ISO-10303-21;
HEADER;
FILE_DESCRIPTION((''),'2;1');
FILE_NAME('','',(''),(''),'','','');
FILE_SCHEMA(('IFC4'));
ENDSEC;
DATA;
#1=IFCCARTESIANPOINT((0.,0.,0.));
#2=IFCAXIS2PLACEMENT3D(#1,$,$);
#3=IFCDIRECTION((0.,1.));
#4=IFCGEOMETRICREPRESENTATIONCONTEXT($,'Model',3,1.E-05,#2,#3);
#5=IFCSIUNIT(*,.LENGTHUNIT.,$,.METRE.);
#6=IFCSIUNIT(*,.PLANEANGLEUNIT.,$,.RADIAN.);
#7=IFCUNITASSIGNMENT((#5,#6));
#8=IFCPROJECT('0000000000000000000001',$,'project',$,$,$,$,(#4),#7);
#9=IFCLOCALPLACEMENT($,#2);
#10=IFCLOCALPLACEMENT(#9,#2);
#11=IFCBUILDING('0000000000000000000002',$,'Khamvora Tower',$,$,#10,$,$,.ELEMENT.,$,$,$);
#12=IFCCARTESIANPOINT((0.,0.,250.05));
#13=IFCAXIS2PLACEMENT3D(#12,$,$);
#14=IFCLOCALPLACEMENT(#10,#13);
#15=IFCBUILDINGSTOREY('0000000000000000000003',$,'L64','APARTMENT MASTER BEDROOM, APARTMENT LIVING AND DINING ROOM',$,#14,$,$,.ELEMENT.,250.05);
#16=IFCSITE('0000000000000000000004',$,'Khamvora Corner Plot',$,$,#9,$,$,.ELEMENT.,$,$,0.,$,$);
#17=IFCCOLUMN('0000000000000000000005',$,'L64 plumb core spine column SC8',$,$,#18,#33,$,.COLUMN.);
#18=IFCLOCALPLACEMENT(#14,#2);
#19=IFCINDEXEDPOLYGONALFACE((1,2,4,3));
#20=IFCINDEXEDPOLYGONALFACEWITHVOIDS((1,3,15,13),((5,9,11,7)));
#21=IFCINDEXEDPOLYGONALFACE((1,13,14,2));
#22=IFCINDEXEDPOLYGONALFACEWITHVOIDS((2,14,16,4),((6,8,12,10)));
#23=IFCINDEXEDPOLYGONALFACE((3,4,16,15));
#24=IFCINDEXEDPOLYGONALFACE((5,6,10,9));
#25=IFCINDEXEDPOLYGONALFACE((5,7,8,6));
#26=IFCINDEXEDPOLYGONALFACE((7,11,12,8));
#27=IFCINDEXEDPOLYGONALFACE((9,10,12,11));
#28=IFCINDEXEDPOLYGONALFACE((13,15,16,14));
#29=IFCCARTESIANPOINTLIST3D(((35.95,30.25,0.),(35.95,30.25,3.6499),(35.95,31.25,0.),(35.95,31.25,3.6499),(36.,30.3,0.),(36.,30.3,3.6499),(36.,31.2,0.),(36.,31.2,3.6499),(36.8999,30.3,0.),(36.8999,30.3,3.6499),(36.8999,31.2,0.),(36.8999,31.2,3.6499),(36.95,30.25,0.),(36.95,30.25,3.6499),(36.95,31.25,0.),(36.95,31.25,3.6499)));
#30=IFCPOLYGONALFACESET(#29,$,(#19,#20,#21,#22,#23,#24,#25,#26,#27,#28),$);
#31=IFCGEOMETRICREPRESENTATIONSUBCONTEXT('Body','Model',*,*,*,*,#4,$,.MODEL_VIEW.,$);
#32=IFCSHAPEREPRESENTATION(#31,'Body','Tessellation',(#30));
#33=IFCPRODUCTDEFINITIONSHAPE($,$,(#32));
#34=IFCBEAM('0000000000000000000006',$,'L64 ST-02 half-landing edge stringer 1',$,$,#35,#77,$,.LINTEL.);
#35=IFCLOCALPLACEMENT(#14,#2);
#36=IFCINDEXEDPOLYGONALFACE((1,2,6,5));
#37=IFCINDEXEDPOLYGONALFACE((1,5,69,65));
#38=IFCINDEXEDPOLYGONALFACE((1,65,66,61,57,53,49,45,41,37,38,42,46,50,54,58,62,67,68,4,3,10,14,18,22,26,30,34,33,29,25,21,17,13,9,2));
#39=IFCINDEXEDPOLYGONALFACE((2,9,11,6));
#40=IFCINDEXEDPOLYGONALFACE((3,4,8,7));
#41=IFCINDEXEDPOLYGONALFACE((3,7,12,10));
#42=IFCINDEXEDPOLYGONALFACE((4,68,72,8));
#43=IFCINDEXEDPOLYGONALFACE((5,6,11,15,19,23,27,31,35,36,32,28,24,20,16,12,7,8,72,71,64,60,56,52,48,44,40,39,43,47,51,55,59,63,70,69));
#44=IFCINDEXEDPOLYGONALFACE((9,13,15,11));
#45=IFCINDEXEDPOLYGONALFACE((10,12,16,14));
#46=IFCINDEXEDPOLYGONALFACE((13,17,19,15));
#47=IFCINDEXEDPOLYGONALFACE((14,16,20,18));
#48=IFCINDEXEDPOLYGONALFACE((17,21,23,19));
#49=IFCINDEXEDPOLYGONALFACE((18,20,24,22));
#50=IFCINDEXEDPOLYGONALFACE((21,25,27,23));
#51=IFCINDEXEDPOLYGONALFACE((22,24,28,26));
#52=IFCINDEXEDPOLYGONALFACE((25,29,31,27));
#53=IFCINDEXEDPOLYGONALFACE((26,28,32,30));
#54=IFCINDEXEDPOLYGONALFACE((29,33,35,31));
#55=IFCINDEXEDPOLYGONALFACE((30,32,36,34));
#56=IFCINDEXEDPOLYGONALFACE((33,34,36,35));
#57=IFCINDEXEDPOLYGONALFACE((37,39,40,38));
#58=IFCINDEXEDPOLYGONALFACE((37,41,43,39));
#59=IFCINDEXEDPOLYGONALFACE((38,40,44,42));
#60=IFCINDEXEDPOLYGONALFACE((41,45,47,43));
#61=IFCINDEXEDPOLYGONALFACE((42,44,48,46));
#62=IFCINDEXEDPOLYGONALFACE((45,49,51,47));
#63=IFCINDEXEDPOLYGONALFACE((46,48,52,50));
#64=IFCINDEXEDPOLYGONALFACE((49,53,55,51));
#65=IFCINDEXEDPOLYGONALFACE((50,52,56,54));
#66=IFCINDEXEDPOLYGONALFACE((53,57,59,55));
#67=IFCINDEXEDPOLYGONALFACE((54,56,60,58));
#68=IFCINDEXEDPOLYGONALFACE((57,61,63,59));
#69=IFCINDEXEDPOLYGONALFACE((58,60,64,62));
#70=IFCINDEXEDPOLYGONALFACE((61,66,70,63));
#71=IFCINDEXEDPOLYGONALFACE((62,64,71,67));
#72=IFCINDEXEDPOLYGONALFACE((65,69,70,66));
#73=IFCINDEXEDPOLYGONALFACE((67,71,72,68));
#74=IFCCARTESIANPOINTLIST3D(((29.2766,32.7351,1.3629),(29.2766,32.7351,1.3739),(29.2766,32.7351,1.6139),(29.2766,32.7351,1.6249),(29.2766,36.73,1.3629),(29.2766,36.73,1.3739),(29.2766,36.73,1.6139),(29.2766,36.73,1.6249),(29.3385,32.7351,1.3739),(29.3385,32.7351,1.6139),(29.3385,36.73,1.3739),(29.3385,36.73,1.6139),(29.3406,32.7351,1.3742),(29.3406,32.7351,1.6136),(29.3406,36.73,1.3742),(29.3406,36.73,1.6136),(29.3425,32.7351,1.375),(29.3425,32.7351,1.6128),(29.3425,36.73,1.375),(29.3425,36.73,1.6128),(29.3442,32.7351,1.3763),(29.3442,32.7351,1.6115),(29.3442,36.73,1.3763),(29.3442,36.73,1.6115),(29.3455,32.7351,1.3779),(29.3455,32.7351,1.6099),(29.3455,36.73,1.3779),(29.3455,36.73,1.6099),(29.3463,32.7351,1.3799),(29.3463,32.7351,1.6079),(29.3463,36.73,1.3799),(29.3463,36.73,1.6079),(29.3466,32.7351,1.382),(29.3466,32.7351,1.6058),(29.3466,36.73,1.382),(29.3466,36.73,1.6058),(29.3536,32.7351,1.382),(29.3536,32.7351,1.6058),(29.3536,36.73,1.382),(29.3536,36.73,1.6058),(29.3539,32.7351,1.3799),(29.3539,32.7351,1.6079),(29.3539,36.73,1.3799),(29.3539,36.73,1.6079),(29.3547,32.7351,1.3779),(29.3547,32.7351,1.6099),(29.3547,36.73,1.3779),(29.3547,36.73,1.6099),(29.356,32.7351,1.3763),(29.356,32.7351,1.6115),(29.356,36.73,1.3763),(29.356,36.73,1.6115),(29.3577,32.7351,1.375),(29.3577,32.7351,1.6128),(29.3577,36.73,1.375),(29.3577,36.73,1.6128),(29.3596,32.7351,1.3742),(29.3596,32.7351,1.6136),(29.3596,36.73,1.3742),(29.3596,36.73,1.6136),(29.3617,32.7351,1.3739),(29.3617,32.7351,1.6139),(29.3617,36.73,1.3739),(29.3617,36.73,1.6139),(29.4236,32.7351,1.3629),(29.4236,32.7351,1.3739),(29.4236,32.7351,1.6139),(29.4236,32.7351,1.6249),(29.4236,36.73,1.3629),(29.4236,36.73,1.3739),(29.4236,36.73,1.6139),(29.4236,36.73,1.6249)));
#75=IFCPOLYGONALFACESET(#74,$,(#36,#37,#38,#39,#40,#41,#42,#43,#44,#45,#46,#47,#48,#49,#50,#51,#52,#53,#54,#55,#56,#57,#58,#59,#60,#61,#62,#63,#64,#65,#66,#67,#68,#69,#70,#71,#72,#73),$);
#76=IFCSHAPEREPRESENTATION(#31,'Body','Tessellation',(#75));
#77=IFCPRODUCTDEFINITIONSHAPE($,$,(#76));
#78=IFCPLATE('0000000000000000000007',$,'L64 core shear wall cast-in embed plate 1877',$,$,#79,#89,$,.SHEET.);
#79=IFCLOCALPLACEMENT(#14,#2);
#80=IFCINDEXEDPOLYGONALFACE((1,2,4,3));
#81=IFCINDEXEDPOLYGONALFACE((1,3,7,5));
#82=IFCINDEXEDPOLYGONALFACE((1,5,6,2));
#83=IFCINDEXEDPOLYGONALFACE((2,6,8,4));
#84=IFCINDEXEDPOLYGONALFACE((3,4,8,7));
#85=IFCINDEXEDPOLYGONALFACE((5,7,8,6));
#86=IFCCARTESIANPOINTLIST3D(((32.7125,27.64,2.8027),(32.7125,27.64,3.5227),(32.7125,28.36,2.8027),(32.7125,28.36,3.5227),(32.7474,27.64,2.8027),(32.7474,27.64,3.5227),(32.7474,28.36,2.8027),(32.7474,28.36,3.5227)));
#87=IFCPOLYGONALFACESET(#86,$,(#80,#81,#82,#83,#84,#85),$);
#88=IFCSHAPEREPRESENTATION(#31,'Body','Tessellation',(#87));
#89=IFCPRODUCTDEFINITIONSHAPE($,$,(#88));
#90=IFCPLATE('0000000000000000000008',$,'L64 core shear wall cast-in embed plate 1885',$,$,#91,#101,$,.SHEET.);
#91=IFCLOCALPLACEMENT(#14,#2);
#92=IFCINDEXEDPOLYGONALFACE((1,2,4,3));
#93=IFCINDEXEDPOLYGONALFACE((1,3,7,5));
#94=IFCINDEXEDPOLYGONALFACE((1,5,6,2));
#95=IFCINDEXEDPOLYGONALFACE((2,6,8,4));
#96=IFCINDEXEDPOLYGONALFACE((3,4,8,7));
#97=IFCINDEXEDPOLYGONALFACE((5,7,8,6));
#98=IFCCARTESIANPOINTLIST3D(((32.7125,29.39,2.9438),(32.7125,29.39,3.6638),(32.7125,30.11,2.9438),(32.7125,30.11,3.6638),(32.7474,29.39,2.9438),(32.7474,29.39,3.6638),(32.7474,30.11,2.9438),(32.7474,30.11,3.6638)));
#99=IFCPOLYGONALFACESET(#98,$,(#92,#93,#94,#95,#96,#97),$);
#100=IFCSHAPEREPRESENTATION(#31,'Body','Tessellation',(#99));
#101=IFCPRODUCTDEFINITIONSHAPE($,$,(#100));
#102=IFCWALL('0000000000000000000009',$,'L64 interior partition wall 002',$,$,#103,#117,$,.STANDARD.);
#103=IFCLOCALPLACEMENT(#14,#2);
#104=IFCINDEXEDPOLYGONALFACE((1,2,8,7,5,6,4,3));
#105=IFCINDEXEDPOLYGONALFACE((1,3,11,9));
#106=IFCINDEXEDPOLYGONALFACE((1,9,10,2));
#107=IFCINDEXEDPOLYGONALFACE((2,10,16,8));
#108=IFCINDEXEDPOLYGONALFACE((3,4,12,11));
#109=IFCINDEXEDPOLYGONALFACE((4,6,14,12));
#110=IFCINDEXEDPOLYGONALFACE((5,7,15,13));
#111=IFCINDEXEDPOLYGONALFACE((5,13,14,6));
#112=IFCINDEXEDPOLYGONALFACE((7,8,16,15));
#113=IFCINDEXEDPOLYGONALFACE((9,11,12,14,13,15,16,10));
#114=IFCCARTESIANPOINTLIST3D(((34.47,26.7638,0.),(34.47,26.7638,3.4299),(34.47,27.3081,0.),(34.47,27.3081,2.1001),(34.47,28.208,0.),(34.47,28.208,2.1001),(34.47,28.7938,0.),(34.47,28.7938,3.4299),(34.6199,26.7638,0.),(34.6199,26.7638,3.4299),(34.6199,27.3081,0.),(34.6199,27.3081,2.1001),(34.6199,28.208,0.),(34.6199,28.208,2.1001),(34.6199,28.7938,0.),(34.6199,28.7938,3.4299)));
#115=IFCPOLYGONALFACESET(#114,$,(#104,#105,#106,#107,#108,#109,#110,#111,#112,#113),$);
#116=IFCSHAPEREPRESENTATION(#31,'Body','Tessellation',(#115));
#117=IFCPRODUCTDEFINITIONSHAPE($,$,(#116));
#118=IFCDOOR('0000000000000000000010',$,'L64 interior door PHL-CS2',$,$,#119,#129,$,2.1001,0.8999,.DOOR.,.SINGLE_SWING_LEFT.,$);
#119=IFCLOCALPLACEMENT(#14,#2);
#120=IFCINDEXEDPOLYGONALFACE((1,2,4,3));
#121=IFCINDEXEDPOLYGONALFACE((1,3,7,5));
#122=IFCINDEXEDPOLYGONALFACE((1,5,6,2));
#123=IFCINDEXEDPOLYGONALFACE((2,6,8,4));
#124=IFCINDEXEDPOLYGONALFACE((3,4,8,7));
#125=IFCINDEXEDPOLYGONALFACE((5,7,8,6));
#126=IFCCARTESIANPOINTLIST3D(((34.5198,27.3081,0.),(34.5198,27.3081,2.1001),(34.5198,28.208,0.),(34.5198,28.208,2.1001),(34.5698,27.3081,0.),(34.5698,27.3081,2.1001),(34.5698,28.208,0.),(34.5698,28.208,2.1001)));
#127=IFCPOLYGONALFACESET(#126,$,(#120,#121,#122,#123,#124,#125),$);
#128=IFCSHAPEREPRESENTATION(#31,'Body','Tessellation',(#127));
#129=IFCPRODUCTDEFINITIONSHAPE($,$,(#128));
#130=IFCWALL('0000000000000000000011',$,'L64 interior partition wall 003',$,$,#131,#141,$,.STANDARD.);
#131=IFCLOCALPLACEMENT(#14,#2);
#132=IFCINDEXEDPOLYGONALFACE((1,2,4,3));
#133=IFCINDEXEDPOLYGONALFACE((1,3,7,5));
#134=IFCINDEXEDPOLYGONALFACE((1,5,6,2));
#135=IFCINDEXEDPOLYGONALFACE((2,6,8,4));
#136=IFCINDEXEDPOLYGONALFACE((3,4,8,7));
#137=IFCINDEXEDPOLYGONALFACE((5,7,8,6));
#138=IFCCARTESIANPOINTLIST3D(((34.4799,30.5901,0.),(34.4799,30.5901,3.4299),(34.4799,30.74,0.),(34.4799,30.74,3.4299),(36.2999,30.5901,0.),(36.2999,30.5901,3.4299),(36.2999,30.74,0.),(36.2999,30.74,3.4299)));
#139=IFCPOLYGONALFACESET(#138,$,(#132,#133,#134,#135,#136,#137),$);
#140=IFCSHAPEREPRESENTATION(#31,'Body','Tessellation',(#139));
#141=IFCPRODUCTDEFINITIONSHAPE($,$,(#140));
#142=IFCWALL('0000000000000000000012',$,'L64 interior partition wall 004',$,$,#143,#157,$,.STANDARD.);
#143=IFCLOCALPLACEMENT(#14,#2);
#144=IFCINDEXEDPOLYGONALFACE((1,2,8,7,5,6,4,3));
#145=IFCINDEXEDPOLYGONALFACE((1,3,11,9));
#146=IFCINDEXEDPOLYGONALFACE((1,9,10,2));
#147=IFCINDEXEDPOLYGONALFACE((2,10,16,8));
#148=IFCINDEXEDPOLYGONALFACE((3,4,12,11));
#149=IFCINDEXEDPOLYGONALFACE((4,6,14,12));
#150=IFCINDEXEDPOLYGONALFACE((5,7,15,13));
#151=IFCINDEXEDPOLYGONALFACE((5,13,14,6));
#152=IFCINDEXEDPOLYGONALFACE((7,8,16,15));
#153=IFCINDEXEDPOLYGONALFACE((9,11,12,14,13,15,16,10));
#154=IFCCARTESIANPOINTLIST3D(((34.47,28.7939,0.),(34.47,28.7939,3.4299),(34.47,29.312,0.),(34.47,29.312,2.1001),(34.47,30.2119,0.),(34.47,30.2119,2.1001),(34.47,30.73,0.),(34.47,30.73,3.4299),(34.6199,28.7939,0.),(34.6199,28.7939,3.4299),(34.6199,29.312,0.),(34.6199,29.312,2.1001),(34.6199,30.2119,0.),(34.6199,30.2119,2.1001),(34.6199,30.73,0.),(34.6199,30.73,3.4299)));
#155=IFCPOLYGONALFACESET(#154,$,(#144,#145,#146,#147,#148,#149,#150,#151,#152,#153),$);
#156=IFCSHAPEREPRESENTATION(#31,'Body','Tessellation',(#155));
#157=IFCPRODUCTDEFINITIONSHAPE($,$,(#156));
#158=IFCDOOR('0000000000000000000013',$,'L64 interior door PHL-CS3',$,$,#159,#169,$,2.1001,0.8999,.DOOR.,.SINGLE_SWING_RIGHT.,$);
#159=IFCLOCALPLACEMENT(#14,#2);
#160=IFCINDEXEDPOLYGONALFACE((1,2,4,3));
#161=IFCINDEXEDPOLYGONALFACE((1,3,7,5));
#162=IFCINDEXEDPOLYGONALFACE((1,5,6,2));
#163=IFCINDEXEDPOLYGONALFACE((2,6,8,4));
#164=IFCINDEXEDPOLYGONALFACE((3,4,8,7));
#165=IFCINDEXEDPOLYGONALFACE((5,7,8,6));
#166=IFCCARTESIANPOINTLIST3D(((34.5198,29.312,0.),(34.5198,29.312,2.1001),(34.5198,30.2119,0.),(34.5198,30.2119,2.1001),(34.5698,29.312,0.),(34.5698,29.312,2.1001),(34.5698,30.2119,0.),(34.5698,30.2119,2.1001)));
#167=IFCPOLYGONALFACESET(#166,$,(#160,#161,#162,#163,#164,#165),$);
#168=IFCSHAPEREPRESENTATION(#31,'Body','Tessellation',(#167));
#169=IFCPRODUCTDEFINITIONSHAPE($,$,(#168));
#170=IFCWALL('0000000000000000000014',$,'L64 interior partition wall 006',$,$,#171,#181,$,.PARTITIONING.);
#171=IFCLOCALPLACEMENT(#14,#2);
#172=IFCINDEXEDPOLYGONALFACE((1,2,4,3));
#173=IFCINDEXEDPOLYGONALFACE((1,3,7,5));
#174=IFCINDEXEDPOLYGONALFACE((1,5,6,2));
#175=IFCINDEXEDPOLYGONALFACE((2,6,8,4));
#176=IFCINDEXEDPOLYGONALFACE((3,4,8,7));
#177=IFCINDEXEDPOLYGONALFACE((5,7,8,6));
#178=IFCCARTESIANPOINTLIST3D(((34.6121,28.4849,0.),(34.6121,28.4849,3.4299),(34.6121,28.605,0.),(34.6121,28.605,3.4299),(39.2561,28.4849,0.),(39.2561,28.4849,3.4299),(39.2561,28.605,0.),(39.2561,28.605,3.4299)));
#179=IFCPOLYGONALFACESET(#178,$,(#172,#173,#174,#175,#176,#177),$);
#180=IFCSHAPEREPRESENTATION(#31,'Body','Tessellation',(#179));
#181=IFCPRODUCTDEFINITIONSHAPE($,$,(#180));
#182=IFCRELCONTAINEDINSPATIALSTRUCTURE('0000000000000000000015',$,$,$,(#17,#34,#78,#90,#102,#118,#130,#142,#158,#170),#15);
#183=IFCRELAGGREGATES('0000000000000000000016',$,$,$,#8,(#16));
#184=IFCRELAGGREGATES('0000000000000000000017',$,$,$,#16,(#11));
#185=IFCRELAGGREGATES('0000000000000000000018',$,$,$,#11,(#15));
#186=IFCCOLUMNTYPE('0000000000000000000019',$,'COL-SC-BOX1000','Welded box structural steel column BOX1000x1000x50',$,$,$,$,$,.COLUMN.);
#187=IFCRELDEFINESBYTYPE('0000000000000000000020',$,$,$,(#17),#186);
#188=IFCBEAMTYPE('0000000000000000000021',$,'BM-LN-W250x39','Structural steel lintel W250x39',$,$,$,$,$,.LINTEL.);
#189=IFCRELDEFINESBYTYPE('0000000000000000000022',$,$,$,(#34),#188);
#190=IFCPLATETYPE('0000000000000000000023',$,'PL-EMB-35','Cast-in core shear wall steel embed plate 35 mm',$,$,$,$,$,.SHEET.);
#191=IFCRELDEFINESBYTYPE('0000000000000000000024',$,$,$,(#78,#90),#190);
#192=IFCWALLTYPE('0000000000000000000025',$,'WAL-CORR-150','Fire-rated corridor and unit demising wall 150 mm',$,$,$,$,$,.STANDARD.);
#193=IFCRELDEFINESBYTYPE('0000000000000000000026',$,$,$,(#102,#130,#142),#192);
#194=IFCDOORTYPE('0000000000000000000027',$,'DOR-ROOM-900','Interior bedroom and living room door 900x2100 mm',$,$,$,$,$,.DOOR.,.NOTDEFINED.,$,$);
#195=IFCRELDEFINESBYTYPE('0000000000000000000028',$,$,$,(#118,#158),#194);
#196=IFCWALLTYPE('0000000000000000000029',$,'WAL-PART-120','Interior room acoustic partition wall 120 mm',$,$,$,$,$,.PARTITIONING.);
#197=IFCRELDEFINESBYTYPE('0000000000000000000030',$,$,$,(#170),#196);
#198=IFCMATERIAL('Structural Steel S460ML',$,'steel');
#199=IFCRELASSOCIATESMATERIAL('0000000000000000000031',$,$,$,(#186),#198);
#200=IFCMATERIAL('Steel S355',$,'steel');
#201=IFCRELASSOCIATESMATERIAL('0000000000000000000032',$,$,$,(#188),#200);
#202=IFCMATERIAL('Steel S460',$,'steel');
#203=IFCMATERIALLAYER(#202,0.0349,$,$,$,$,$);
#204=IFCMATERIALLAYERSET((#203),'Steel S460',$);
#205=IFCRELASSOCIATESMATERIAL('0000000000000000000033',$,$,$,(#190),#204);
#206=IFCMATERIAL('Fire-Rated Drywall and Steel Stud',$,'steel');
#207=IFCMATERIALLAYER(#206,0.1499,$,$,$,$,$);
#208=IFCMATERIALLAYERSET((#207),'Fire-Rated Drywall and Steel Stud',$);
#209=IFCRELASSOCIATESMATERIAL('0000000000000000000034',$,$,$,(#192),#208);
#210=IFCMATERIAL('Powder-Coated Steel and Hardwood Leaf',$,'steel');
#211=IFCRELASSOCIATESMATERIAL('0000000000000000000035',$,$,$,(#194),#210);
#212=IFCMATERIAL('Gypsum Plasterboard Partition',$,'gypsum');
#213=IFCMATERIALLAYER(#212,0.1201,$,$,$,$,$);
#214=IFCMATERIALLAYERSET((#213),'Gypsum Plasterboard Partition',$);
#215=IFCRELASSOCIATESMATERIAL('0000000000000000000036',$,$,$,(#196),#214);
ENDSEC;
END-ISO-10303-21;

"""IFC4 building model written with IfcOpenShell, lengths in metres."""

from ifc_helpers import new_model, si_unit, direction, frame, frame_2d, origin, origin_2d, place, context, subcontext, project, spatial, rectangle, hollow_rectangle, i_section, extrude, material, layer, layer_set, material_profile, profile_set, type_object, element, fill, save


model = new_model("IFC4")

# Units and contexts
model_context = context("Model", 3, precision=1e-05, world=origin(), true_north=direction((0.0, 1.0)))
body_context = subcontext(model_context, "Body", "Model", "MODEL_VIEW")
ifc_project = project(units=[si_unit("LENGTHUNIT", "METRE"), si_unit("PLANEANGLEUNIT", "RADIAN")], contexts=[model_context])

# Site, building, storey
site_placement = place(None, origin())
site = spatial("IfcSite", under=ifc_project, at=site_placement, Name="Khamvora Corner Plot", CompositionType="ELEMENT", RefElevation=0.0)
building_placement = place(site_placement, origin())
building = spatial("IfcBuilding", under=site, at=building_placement, Name="Khamvora Tower", CompositionType="ELEMENT")
storey_placement = place(building_placement, frame((0.0, 0.0, 250.05)))
storey = spatial("IfcBuildingStorey", under=building, at=storey_placement, Name="L64", Description="APARTMENT MASTER BEDROOM, APARTMENT LIVING AND DINING ROOM", CompositionType="ELEMENT", Elevation=250.05)

# Column
ifc_material_1 = material(Name="Structural Steel S460ML", Category="steel")
ifc_material_profile_1 = material_profile(ifc_material_1, hollow_rectangle(XDim=1.0, YDim=1.0, WallThickness=0.05, at=origin_2d()), Name="BOX1000x1000x50")
ifc_profile_set_1 = profile_set([ifc_material_profile_1], Name="Structural Steel S460ML")
column_type = type_object("IfcColumnType", Name="COL-SC-BOX1000", Description="Welded box structural steel column BOX1000x1000x50", PredefinedType="COLUMN", material=ifc_profile_set_1)
column_placement = place(storey_placement, frame((36.45, 30.75, 0.0), z_axis=(0.0, 0.0, 1.0), x_axis=(1.0, 0.0, 0.0)))
element("IfcColumn", 1, at=column_placement, inside=storey, type_object=column_type, Name="L64 plumb core spine column SC8", PredefinedType="COLUMN", context=body_context, shape_type="SweptSolid", body=[
    extrude(hollow_rectangle(XDim=1.0, YDim=1.0, WallThickness=0.05, at=origin_2d()), origin(), (0.0, 0.0, 1.0), 3.6499),
])

# Beam
ifc_material_2 = material(Name="Steel S355", Category="steel")
ifc_material_profile_2 = material_profile(ifc_material_2, i_section(OverallWidth=0.147, OverallDepth=0.262, WebThickness=0.0071, FlangeThickness=0.011, FilletRadius=0.0081, at=origin_2d()), Name="W250x39")
ifc_profile_set_2 = profile_set([ifc_material_profile_2], Name="Steel S355")
beam_type = type_object("IfcBeamType", Name="BM-LN-W250x39", Description="Structural steel lintel W250x39", PredefinedType="LINTEL", material=ifc_profile_set_2)
beam_placement = place(storey_placement, frame((29.3501, 32.7351, 1.4939), z_axis=(0.0, 1.0, 0.0), x_axis=(-1.0, 0.0, 0.0)))
element("IfcBeam", 2, at=beam_placement, inside=storey, type_object=beam_type, Name="L64 ST-02 half-landing edge stringer 1", PredefinedType="LINTEL", context=body_context, shape_type="SweptSolid", body=[
    extrude(i_section(OverallWidth=0.147, OverallDepth=0.262, WebThickness=0.0071, FlangeThickness=0.011, FilletRadius=0.0081, at=origin_2d()), origin(), (0.0, 0.0, 1.0), 3.9949),
])

# Plates
ifc_material_3 = material(Name="Steel S460", Category="steel")
ifc_layer_1 = layer(ifc_material_3, 0.0349)
ifc_layer_set_1 = layer_set([ifc_layer_1], Name="Steel S460")
plate_type = type_object("IfcPlateType", Name="PL-EMB-35", Description="Cast-in core shear wall steel embed plate 35 mm", PredefinedType="SHEET", material=ifc_layer_set_1)
for number, where, z_axis, x_axis, name in (
    (3, (32.73, 28.0, 2.8027), (0.0, 0.0, 1.0), (1.0, 0.0, 0.0), "L64 core shear wall cast-in embed plate 1877"),
    (4, (32.73, 29.75, 2.9438), (0.0, 0.0, 1.0), (1.0, 0.0, 0.0), "L64 core shear wall cast-in embed plate 1885"),
):
    element("IfcPlate", number, at=place(storey_placement, frame(where, z_axis=z_axis, x_axis=x_axis)), inside=storey, type_object=plate_type, Name=name, PredefinedType="SHEET", context=body_context, shape_type="SweptSolid", body=[
        extrude(rectangle(XDim=0.0349, YDim=0.72, at=origin_2d()), origin(), (0.0, 0.0, 1.0), 0.72),
    ])

# Shared definitions
ifc_material_4 = material(Name="Powder-Coated Steel and Hardwood Leaf", Category="steel")

# Wall, opening, door
ifc_material_5 = material(Name="Fire-Rated Drywall and Steel Stud", Category="steel")
ifc_layer_2 = layer(ifc_material_5, 0.1499)
ifc_layer_set_2 = layer_set([ifc_layer_2], Name="Fire-Rated Drywall and Steel Stud")
wall_type_1 = type_object("IfcWallType", Name="WAL-CORR-150", Description="Fire-rated corridor and unit demising wall 150 mm", PredefinedType="STANDARD", material=ifc_layer_set_2)
wall_1_placement = place(storey_placement, frame((34.5449, 28.7939, 0.0), z_axis=(0.0, 0.0, 1.0), x_axis=(0.0, -1.0, 0.0)))
wall_1 = element("IfcWall", 5, at=wall_1_placement, inside=storey, type_object=wall_type_1, Name="L64 interior partition wall 002", PredefinedType="STANDARD", context=body_context, shape_type="SweptSolid", body=[
    extrude(rectangle(XDim=2.03, YDim=0.1499, at=frame_2d((1.0151, 0.0))), origin(), (0.0, 0.0, 1.0), 3.4299),
])
opening_1_placement = place(wall_1_placement, frame((0.5859, 0.0, 0.0)))
opening_1 = element("IfcOpeningElement", 6, at=opening_1_placement, cuts=wall_1, PredefinedType="OPENING", context=body_context, shape_type="SweptSolid", body=[
    extrude(rectangle(XDim=0.8999, YDim=2.1001, at=frame_2d((0.45, 1.05))), frame((0.0, 0.085, 0.0), z_axis=(0.0, -1.0, 0.0), x_axis=(1.0, 0.0, 0.0)), (0.0, 0.0, 1.0), 0.1699),
])
door_type_1 = type_object("IfcDoorType", Name="DOR-ROOM-900", Description="Interior bedroom and living room door 900x2100 mm", OperationType="NOTDEFINED", PredefinedType="DOOR", material=ifc_material_4)
door_1_placement = place(opening_1_placement, origin())
door_1 = element("IfcDoor", 7, at=door_1_placement, inside=storey, type_object=door_type_1, Name="L64 interior door PHL-CS2", OperationType="SINGLE_SWING_LEFT", OverallHeight=2.1001, OverallWidth=0.8999, PredefinedType="DOOR", context=body_context, shape_type="SweptSolid", body=[
    extrude(rectangle(XDim=0.8999, YDim=2.1001, at=frame_2d((0.45, 1.05))), frame((0.0, 0.0249, 0.0), z_axis=(0.0, -1.0, 0.0), x_axis=(1.0, 0.0, 0.0)), (0.0, 0.0, 1.0), 0.05),
])
fill(opening_1, door_1)

# Wall
wall_2_placement = place(storey_placement, frame((36.3, 30.665, 0.0), z_axis=(0.0, 0.0, 1.0), x_axis=(-1.0, 0.0, 0.0)))
element("IfcWall", 8, at=wall_2_placement, inside=storey, type_object=wall_type_1, Name="L64 interior partition wall 003", PredefinedType="STANDARD", context=body_context, shape_type="SweptSolid", body=[
    extrude(rectangle(XDim=1.8201, YDim=0.1499, at=frame_2d((0.9102, 0.0))), origin(), (0.0, 0.0, 1.0), 3.4299),
])

# Wall, opening, door
wall_3_placement = place(storey_placement, frame((34.5449, 30.73, 0.0), z_axis=(0.0, 0.0, 1.0), x_axis=(0.0, -1.0, 0.0)))
wall_3 = element("IfcWall", 9, at=wall_3_placement, inside=storey, type_object=wall_type_1, Name="L64 interior partition wall 004", PredefinedType="STANDARD", context=body_context, shape_type="SweptSolid", body=[
    extrude(rectangle(XDim=1.936, YDim=0.1499, at=frame_2d((0.968, 0.0))), origin(), (0.0, 0.0, 1.0), 3.4299),
])
opening_2_placement = place(wall_3_placement, frame((0.5181, 0.0, 0.0)))
opening_2 = element("IfcOpeningElement", 10, at=opening_2_placement, cuts=wall_3, PredefinedType="OPENING", context=body_context, shape_type="SweptSolid", body=[
    extrude(rectangle(XDim=0.8999, YDim=2.1001, at=frame_2d((0.45, 1.05))), frame((0.0, 0.085, 0.0), z_axis=(0.0, -1.0, 0.0), x_axis=(1.0, 0.0, 0.0)), (0.0, 0.0, 1.0), 0.1699),
])
door_2_placement = place(opening_2_placement, origin())
door_2 = element("IfcDoor", 11, at=door_2_placement, inside=storey, type_object=door_type_1, Name="L64 interior door PHL-CS3", OperationType="SINGLE_SWING_RIGHT", OverallHeight=2.1001, OverallWidth=0.8999, PredefinedType="DOOR", context=body_context, shape_type="SweptSolid", body=[
    extrude(rectangle(XDim=0.8999, YDim=2.1001, at=frame_2d((0.45, 1.05))), frame((0.0, 0.0249, 0.0), z_axis=(0.0, -1.0, 0.0), x_axis=(1.0, 0.0, 0.0)), (0.0, 0.0, 1.0), 0.05),
])
fill(opening_2, door_2)

# Wall
ifc_material_6 = material(Name="Gypsum Plasterboard Partition", Category="gypsum")
ifc_layer_3 = layer(ifc_material_6, 0.1201)
ifc_layer_set_3 = layer_set([ifc_layer_3], Name="Gypsum Plasterboard Partition")
wall_type_2 = type_object("IfcWallType", Name="WAL-PART-120", Description="Interior room acoustic partition wall 120 mm", PredefinedType="PARTITIONING", material=ifc_layer_set_3)
wall_4_placement = place(storey_placement, frame((34.6121, 28.5449, 0.0), z_axis=(0.0, 0.0, 1.0), x_axis=(1.0, 0.0, 0.0)))
element("IfcWall", 12, at=wall_4_placement, inside=storey, type_object=wall_type_2, Name="L64 interior partition wall 006", PredefinedType="PARTITIONING", context=body_context, shape_type="SweptSolid", body=[
    extrude(rectangle(XDim=4.644, YDim=0.1201, at=frame_2d((2.322, 0.0))), origin(), (0.0, 0.0, 1.0), 3.4299),
])

save(model, "model.ifc")
